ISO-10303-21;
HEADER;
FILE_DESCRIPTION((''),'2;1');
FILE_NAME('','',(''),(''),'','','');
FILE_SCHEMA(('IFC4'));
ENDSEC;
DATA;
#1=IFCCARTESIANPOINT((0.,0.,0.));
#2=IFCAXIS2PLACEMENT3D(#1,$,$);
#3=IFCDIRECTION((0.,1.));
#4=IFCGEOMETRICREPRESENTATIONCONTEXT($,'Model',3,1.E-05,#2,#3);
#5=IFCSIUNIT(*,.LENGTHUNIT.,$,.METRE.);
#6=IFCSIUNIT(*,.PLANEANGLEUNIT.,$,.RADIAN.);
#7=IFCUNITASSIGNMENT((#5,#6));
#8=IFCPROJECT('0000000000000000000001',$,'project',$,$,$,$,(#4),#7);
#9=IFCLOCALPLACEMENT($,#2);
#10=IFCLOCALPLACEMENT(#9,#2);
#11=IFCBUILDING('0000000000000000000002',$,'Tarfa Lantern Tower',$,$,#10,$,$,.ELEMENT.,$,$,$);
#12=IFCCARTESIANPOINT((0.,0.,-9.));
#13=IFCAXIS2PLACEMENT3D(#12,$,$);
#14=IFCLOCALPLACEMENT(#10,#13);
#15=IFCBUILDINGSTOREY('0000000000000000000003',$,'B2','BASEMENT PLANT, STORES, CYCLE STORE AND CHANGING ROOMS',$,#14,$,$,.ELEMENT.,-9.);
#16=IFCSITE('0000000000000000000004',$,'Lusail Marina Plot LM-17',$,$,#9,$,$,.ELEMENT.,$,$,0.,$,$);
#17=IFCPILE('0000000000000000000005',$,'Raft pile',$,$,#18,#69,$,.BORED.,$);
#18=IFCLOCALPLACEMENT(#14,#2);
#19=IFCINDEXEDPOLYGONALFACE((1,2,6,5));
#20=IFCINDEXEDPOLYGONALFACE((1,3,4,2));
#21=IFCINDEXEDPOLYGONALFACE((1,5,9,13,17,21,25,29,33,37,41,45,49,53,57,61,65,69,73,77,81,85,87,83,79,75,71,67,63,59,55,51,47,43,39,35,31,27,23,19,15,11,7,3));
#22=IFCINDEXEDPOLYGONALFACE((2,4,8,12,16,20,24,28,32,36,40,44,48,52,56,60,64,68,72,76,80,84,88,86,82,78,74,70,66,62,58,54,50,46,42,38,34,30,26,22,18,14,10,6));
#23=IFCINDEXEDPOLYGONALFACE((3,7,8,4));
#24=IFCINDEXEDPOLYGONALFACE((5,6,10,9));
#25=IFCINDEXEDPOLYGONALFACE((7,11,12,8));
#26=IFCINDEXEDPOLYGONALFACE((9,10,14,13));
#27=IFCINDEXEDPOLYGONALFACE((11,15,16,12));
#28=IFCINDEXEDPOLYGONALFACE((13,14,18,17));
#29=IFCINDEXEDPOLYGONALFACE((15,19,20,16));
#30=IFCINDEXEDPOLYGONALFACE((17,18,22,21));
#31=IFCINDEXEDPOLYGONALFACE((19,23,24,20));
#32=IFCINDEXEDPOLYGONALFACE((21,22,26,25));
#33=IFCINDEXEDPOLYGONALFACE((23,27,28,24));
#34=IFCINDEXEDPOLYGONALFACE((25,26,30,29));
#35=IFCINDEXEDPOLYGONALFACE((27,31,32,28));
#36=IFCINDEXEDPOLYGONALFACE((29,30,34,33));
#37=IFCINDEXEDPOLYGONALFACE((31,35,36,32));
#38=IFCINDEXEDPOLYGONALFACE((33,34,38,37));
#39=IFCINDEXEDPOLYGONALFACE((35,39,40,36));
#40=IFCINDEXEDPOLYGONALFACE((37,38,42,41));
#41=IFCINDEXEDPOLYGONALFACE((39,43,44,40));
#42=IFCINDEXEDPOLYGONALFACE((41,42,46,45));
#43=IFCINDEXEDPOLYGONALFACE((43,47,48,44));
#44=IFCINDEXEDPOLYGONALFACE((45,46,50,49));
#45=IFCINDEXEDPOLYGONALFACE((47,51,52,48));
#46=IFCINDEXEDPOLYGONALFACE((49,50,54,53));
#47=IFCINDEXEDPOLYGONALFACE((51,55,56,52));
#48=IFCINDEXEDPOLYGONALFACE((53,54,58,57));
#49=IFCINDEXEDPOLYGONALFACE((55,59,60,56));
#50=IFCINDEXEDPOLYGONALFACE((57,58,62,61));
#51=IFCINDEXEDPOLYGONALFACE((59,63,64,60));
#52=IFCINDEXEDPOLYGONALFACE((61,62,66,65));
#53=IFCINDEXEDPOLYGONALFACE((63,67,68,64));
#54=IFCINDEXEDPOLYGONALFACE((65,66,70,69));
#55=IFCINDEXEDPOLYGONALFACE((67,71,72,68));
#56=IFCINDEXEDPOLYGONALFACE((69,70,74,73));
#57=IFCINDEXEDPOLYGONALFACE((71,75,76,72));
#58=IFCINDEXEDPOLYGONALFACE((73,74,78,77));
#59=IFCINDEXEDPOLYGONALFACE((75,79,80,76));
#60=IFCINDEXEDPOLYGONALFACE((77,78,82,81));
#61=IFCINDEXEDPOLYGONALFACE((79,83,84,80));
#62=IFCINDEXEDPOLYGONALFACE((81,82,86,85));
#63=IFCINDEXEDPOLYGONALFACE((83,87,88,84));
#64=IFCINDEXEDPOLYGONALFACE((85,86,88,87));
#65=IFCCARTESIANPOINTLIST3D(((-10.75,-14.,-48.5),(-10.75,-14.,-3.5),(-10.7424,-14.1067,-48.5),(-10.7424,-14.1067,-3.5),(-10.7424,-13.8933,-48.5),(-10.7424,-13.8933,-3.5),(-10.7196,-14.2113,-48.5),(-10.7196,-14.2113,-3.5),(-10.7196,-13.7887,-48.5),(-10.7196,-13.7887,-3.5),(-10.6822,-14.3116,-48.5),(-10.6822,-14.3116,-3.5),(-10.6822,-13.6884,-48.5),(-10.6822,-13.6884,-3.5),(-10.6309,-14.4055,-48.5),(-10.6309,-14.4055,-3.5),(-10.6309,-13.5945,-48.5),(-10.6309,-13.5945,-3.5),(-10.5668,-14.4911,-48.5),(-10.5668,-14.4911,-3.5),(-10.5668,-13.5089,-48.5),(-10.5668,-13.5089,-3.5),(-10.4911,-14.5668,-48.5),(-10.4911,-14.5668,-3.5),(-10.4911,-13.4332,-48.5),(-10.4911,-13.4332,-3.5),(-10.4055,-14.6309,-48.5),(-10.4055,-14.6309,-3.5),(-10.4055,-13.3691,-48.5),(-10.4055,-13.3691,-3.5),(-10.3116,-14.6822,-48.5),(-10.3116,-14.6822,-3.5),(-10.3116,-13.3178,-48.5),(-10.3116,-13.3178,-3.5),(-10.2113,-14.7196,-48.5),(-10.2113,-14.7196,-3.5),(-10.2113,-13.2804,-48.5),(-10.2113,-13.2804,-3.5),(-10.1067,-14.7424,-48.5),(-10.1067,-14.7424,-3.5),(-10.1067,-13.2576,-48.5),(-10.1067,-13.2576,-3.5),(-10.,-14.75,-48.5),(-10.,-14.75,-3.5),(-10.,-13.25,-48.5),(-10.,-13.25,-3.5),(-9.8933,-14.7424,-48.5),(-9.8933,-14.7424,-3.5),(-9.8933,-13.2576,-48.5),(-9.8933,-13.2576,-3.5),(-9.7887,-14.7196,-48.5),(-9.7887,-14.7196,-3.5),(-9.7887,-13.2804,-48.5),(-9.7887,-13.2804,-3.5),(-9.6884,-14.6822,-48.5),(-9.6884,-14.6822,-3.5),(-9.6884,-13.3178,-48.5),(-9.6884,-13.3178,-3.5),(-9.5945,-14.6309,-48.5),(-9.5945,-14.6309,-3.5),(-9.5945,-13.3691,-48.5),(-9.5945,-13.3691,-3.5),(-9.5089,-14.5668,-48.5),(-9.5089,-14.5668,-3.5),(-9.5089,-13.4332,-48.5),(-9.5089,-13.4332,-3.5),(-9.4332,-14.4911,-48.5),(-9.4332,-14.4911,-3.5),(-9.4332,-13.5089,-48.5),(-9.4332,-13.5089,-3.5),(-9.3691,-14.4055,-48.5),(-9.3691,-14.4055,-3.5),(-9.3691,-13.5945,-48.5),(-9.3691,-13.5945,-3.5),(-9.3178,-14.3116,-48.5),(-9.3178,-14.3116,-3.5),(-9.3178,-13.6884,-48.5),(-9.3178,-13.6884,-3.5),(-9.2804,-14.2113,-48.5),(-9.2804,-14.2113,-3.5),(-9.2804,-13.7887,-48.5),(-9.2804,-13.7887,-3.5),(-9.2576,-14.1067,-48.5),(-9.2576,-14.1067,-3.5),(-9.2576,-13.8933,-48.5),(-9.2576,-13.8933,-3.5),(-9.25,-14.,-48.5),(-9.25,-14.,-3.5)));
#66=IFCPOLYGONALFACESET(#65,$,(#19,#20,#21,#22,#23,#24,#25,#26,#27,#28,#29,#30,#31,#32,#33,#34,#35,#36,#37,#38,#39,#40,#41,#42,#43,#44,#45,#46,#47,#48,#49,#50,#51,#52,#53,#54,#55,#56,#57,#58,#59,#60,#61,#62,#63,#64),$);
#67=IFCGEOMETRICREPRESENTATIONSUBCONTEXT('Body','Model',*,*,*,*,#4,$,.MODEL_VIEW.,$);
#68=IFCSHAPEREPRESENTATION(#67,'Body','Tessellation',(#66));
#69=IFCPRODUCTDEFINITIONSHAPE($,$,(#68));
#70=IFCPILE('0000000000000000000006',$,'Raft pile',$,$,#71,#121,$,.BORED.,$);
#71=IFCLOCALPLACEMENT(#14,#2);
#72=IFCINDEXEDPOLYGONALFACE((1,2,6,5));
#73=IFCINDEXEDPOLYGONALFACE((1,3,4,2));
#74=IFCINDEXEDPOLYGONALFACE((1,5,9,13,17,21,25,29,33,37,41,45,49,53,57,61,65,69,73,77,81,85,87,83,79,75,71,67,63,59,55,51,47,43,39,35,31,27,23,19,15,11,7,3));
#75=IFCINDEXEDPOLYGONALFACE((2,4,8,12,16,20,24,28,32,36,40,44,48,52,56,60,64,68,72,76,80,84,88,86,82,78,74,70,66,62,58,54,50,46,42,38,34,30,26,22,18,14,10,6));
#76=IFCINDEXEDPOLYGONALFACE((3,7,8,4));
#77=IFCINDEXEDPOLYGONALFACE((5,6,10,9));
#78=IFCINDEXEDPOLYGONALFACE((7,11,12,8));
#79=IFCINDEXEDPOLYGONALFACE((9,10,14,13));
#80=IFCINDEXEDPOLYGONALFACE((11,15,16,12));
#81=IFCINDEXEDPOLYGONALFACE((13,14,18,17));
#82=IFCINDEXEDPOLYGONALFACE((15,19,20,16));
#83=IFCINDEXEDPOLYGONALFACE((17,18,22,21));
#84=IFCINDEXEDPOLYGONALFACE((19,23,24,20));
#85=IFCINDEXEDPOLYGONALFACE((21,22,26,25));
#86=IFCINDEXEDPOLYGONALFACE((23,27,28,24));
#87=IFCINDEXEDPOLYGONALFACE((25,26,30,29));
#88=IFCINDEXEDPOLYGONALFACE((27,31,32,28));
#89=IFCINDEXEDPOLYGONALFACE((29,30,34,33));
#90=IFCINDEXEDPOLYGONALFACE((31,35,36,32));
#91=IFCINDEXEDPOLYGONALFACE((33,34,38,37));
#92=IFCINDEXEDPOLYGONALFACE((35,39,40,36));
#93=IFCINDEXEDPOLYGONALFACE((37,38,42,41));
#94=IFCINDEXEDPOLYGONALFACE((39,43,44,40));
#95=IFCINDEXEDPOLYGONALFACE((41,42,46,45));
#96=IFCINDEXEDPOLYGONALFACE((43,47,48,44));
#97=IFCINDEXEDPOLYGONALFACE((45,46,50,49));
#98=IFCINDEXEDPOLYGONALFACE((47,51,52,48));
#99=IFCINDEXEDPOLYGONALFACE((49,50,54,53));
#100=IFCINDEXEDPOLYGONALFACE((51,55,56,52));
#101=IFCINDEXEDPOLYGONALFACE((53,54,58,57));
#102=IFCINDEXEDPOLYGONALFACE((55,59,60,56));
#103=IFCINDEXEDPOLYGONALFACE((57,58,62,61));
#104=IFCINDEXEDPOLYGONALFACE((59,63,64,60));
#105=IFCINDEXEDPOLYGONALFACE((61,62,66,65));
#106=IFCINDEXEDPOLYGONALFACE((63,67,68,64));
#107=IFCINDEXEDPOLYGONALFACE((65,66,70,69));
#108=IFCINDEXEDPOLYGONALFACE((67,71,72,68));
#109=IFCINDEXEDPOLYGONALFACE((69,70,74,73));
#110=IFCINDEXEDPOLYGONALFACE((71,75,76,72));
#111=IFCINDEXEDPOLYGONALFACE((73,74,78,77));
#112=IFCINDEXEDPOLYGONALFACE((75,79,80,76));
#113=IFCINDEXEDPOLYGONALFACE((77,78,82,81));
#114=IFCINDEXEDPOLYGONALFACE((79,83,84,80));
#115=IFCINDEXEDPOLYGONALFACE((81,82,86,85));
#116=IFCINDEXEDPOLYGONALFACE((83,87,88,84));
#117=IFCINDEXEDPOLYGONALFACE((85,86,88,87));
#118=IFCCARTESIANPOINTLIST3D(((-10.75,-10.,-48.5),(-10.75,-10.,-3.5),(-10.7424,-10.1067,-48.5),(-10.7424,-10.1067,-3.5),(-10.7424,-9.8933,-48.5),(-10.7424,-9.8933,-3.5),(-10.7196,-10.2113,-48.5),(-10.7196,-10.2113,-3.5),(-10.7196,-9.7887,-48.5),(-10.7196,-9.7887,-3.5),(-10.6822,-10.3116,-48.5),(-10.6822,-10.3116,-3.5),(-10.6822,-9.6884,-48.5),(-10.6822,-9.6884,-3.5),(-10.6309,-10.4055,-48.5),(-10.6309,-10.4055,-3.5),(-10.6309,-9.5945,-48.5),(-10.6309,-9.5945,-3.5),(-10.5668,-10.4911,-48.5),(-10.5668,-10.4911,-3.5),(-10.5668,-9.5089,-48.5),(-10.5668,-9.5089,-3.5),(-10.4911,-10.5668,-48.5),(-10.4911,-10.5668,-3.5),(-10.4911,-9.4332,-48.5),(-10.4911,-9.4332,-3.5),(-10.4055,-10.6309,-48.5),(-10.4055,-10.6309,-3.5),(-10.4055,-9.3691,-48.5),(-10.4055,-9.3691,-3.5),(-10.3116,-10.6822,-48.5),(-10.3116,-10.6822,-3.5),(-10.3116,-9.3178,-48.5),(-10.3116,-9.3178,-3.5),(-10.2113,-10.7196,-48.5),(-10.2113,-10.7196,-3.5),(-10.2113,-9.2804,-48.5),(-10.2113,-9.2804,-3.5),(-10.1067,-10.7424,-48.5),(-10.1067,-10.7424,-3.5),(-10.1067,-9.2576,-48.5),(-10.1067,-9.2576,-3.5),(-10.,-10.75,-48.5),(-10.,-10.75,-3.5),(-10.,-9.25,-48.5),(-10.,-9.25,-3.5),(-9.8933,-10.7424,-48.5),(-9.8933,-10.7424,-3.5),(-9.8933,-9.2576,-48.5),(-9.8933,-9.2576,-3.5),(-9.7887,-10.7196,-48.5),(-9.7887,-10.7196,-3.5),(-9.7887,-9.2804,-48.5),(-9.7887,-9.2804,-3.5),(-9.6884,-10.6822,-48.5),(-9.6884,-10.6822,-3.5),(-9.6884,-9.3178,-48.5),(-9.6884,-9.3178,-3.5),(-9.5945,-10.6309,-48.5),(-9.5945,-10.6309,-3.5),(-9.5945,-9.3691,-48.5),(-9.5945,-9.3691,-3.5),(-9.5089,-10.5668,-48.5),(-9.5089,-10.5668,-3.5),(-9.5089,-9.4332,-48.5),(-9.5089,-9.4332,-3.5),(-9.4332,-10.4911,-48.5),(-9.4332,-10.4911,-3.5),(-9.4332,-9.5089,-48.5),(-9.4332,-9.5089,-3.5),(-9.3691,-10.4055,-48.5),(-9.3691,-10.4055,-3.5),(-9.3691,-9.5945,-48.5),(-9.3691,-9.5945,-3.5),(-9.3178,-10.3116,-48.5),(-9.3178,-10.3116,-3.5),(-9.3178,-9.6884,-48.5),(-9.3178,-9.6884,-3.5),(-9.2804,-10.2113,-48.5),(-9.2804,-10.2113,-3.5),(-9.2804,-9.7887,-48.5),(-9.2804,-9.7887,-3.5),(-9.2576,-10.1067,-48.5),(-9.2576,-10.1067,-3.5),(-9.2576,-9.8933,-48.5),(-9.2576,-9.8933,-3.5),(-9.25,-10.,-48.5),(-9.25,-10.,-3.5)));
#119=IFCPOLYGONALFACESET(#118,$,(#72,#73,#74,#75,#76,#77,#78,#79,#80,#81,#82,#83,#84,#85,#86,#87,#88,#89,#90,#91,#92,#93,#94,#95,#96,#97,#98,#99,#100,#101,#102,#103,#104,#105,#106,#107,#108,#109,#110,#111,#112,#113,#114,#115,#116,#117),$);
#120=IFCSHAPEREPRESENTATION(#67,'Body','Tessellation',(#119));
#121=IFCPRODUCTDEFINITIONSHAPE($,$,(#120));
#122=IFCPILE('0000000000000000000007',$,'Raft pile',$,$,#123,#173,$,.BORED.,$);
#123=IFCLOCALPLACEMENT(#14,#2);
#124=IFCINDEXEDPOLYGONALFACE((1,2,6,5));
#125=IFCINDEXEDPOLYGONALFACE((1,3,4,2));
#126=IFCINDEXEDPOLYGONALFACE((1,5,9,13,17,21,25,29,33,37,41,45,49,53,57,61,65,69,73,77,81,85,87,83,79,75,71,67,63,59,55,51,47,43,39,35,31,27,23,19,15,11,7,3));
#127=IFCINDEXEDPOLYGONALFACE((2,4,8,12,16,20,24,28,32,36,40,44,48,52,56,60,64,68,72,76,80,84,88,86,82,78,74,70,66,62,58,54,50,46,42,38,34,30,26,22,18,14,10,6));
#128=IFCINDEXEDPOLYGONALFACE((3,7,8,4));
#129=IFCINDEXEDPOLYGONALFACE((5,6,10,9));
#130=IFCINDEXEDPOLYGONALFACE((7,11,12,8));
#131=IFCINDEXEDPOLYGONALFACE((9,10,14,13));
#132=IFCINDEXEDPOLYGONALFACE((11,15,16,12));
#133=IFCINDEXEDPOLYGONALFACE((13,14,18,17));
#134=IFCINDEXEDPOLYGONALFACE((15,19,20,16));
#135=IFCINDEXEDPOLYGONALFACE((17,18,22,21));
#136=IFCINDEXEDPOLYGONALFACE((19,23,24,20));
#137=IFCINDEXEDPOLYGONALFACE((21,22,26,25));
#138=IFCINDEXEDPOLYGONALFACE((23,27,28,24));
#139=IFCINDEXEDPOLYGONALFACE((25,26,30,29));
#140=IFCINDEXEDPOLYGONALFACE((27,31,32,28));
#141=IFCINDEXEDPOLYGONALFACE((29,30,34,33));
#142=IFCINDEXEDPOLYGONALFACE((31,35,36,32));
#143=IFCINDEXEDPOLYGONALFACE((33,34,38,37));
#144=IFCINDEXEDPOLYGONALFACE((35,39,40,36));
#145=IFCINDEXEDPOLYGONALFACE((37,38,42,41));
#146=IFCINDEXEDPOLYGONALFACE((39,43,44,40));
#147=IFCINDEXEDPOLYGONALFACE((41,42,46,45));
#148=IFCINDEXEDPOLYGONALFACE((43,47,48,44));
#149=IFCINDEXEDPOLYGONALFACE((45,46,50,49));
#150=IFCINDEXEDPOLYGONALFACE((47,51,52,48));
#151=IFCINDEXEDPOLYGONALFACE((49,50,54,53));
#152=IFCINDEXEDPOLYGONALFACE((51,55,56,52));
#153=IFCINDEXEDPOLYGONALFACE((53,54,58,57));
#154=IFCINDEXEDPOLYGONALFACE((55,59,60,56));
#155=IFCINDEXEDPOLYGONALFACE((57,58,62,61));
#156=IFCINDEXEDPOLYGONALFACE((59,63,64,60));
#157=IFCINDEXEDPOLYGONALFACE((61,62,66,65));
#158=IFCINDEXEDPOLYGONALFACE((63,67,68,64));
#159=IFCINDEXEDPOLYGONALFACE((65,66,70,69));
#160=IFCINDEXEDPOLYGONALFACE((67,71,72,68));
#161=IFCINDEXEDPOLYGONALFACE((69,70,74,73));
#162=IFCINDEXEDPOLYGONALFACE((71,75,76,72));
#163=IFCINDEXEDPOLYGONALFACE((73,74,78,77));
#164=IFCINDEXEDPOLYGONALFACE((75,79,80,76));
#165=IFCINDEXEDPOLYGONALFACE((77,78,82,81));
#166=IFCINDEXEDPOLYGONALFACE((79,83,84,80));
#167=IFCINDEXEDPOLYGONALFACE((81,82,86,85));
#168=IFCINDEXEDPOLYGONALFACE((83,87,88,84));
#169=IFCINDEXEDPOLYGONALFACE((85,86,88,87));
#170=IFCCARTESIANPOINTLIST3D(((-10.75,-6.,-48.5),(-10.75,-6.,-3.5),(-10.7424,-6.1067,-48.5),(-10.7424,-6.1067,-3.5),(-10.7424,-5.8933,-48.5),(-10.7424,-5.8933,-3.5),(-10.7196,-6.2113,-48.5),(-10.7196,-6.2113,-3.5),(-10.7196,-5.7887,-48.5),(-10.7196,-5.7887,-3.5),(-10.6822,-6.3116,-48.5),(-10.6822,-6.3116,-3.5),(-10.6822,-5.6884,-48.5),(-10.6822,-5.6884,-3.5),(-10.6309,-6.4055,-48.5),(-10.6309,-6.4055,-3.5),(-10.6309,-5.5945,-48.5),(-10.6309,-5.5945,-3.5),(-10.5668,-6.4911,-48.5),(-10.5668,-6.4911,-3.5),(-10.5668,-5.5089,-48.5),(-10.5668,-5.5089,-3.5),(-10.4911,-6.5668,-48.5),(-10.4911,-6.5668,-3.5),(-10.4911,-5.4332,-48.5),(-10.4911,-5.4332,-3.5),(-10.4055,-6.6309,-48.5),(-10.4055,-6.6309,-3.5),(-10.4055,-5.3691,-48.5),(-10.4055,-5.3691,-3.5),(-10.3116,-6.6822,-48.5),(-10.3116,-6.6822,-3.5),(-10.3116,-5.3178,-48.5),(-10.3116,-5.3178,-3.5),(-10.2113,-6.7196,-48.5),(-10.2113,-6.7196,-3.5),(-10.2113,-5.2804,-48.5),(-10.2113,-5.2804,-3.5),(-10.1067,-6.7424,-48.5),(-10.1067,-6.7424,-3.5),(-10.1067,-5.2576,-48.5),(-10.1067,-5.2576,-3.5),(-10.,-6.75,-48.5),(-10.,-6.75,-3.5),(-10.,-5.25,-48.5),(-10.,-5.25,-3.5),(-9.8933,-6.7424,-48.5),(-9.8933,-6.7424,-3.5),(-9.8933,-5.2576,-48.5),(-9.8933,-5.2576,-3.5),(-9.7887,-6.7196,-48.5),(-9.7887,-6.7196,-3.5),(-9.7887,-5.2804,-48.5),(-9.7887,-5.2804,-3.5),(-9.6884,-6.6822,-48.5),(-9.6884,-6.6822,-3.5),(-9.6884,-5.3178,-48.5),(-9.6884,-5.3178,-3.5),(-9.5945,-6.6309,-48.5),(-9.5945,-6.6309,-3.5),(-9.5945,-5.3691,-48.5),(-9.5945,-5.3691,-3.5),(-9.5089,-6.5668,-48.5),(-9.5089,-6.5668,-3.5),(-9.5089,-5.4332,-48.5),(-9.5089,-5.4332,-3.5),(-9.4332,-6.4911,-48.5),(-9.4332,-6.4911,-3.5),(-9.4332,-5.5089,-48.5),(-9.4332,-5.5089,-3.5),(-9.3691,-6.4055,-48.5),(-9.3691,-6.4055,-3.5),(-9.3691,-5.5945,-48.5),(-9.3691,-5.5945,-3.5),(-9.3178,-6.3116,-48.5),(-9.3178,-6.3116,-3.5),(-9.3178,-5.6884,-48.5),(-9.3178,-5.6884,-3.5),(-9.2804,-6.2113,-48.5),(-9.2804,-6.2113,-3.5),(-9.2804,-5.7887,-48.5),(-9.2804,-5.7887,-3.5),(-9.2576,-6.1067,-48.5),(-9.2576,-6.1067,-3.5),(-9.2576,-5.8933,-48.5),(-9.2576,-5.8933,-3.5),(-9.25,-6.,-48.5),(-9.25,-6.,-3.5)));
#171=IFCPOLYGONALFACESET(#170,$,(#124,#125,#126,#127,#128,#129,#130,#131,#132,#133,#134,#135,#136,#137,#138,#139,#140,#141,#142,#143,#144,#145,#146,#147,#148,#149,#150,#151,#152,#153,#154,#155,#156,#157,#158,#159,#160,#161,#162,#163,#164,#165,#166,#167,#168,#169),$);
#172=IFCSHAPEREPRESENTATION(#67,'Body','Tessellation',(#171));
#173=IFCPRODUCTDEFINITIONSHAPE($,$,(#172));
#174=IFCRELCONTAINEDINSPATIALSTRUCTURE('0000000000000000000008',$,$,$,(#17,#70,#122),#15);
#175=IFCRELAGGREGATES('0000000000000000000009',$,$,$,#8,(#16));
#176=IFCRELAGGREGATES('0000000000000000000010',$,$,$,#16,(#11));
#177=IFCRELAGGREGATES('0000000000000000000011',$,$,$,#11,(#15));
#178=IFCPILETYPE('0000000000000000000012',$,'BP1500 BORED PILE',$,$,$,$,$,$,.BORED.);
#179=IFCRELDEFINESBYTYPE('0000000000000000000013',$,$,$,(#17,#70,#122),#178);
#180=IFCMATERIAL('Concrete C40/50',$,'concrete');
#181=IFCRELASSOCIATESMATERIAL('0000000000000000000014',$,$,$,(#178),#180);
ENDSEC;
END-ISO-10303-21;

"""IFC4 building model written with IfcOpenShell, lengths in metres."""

from ifc_helpers import new_model, si_unit, direction, frame, origin, origin_2d, place, context, subcontext, project, spatial, circle, extrude, material, material_profile, profile_set, type_object, element, save


model = new_model("IFC4")

# Units and contexts
model_context = context("Model", 3, precision=1e-05, world=origin(), true_north=direction((0.0, 1.0)))
body_context = subcontext(model_context, "Body", "Model", "MODEL_VIEW")
ifc_project = project(units=[si_unit("LENGTHUNIT", "METRE"), si_unit("PLANEANGLEUNIT", "RADIAN")], contexts=[model_context])

# Site, building, storey
site_placement = place(None, origin())
site = spatial("IfcSite", under=ifc_project, at=site_placement, Name="Lusail Marina Plot LM-17", CompositionType="ELEMENT", RefElevation=0.0)
building_placement = place(site_placement, origin())
building = spatial("IfcBuilding", under=site, at=building_placement, Name="Tarfa Lantern Tower", CompositionType="ELEMENT")
storey_placement = place(building_placement, frame((0.0, 0.0, -9.0)))
storey = spatial("IfcBuildingStorey", under=building, at=storey_placement, Name="B2", Description="BASEMENT PLANT, STORES, CYCLE STORE AND CHANGING ROOMS", CompositionType="ELEMENT", Elevation=-9.0)

# Piles
ifc_material_1 = material(Name="Concrete C40/50", Category="concrete")
ifc_material_profile = material_profile(ifc_material_1, circle(Radius=0.75, at=origin_2d()), Name="BORED PILE D1500")
ifc_profile_set = profile_set([ifc_material_profile], Name="Concrete C40/50")
pile_type = type_object("IfcPileType", Name="BP1500 BORED PILE", PredefinedType="BORED", material=ifc_profile_set)
for number, where, z_axis, x_axis, name in (
    (1, (-10.0, -14.0, -3.5), (0.0, 0.0, -1.0), (1.0, 0.0, 0.0), "Raft pile"),
    (2, (-10.0, -10.0, -3.5), (0.0, 0.0, -1.0), (1.0, 0.0, 0.0), "Raft pile"),
    (3, (-10.0, -6.0, -3.5), (0.0, 0.0, -1.0), (1.0, 0.0, 0.0), "Raft pile"),
):
    element("IfcPile", number, at=place(storey_placement, frame(where, z_axis=z_axis, x_axis=x_axis)), inside=storey, type_object=pile_type, Name=name, PredefinedType="BORED", context=body_context, shape_type="SweptSolid", body=[
        extrude(circle(Radius=0.75, at=origin_2d()), origin(), (0.0, 0.0, 1.0), 45.0),
    ])

save(model, "model.ifc")
